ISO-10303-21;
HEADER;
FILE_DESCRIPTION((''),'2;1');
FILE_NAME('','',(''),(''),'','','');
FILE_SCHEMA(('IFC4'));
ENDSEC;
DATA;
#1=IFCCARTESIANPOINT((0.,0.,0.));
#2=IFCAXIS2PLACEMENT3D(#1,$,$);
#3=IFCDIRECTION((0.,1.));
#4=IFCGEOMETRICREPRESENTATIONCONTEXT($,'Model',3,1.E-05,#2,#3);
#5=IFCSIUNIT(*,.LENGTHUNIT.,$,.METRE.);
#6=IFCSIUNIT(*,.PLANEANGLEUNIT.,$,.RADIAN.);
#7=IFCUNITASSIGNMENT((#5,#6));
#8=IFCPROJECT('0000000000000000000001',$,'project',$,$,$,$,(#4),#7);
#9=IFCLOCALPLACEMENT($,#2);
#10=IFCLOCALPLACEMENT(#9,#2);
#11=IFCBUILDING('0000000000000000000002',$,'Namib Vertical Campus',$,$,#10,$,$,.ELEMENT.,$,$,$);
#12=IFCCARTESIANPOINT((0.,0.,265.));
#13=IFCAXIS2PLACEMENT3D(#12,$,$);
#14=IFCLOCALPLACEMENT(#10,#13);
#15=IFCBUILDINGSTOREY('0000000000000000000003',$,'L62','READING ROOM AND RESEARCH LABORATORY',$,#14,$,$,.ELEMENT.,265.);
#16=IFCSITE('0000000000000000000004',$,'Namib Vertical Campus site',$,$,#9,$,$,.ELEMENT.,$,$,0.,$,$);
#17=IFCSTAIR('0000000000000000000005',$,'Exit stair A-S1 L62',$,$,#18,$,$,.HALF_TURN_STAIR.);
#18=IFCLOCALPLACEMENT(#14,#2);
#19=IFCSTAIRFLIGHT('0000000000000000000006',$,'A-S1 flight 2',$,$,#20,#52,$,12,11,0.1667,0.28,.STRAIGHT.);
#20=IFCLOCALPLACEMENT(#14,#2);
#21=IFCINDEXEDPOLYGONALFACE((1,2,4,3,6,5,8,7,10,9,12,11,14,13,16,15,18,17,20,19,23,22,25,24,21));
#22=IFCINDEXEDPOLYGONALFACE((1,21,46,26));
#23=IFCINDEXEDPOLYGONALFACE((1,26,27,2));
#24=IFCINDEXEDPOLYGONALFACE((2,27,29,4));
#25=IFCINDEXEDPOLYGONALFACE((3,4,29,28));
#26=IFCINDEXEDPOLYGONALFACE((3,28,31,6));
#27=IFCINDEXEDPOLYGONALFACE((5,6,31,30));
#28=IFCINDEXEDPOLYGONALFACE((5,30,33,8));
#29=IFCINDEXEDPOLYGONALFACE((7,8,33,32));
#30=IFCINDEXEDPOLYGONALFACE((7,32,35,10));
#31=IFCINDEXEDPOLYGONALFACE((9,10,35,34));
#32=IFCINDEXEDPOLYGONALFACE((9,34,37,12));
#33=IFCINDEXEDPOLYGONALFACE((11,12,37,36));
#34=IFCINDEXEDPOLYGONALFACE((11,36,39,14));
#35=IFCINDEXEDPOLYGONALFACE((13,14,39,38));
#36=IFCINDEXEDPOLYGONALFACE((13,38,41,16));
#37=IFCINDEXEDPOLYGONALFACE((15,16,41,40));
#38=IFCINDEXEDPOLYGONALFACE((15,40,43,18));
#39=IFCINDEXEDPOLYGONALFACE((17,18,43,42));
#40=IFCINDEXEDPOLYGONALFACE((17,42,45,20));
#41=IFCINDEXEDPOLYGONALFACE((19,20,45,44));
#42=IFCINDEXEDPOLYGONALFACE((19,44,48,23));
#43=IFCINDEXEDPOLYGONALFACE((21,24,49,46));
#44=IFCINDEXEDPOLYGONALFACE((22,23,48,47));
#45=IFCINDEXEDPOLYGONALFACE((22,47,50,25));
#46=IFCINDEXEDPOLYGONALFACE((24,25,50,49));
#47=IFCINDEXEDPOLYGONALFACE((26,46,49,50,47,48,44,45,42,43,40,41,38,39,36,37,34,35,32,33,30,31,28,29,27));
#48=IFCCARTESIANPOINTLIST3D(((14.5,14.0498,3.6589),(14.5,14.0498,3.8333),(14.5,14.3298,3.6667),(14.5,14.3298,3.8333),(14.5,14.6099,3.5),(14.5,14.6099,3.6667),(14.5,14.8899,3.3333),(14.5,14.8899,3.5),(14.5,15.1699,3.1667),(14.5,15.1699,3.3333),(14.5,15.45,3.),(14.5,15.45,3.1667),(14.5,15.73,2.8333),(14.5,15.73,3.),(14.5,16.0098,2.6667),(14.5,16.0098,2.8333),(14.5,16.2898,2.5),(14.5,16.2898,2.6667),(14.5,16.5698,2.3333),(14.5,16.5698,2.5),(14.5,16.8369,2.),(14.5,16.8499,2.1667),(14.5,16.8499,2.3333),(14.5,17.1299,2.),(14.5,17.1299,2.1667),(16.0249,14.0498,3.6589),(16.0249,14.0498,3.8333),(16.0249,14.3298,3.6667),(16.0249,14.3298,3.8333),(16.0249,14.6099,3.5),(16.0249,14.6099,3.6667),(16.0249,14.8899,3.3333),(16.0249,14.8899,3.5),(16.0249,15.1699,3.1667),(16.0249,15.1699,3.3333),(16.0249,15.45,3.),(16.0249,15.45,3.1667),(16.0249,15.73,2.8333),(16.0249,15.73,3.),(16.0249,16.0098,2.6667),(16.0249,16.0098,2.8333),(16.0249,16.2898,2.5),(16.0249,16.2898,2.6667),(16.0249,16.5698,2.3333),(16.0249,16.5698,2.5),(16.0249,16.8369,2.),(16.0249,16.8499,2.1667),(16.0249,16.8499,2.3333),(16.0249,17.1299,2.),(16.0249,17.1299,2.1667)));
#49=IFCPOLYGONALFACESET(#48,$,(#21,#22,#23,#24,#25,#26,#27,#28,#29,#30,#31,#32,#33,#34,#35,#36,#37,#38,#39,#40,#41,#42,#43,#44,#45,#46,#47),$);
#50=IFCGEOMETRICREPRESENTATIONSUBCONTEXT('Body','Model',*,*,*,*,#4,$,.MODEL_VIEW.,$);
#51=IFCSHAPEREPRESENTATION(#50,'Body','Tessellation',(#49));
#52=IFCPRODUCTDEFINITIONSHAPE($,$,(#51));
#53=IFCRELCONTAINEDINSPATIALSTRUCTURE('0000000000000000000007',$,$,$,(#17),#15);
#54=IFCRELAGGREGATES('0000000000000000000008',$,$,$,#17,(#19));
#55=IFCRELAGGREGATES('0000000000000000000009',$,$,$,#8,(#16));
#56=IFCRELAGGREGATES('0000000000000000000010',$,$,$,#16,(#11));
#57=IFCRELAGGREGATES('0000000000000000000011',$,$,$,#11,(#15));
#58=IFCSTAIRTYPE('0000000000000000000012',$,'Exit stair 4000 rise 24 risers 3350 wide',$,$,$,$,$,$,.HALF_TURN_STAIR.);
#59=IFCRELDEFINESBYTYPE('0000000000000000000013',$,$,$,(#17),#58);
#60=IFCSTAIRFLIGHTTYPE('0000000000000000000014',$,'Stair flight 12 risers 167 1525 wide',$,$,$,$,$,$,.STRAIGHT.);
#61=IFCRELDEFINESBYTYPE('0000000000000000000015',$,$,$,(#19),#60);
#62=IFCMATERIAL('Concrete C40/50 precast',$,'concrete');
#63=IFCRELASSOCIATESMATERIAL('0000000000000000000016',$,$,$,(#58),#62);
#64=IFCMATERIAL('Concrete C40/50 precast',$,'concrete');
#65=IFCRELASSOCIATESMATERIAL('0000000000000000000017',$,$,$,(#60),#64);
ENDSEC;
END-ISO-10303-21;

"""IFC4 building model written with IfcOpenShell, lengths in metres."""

from ifc_helpers import new_model, si_unit, direction, frame, origin, place, context, subcontext, project, spatial, polyline, outline, extrude, material, type_object, element, aggregate, save


model = new_model("IFC4")

# Units and contexts
model_context = context("Model", 3, precision=1e-05, world=origin(), true_north=direction((0.0, 1.0)))
body_context = subcontext(model_context, "Body", "Model", "MODEL_VIEW")
ifc_project = project(units=[si_unit("LENGTHUNIT", "METRE"), si_unit("PLANEANGLEUNIT", "RADIAN")], contexts=[model_context])

# Site, building, storey
site_placement = place(None, origin())
site = spatial("IfcSite", under=ifc_project, at=site_placement, Name="Namib Vertical Campus site", CompositionType="ELEMENT", RefElevation=0.0)
building_placement = place(site_placement, origin())
building = spatial("IfcBuilding", under=site, at=building_placement, Name="Namib Vertical Campus", CompositionType="ELEMENT")
storey_placement = place(building_placement, frame((0.0, 0.0, 265.0)))
storey = spatial("IfcBuildingStorey", under=building, at=storey_placement, Name="L62", Description="READING ROOM AND RESEARCH LABORATORY", CompositionType="ELEMENT", Elevation=265.0)

# Stair, stair flight
ifc_material_1 = material(Name="Concrete C40/50 precast", Category="concrete")
stair_type = type_object("IfcStairType", Name="Exit stair 4000 rise 24 risers 3350 wide", PredefinedType="HALF_TURN_STAIR", material=ifc_material_1)
stair_placement = place(storey_placement, origin())
stair = element("IfcStair", 1, at=stair_placement, inside=storey, type_object=stair_type, Name="Exit stair A-S1 L62", PredefinedType="HALF_TURN_STAIR")
ifc_material_2 = material(Name="Concrete C40/50 precast", Category="concrete")
stair_flight_type = type_object("IfcStairFlightType", Name="Stair flight 12 risers 167 1525 wide", PredefinedType="STRAIGHT", material=ifc_material_2)
stair_flight_placement = place(storey_placement, frame((15.2625, 17.1299, 2.0), z_axis=(0.0, 0.0, 1.0), x_axis=(0.0, -1.0, 0.0)))
stair_flight = element("IfcStairFlight", 2, at=stair_flight_placement, type_object=stair_flight_type, Name="A-S1 flight 2", NumberOfRisers=12, NumberOfTreads=11, PredefinedType="STRAIGHT", RiserHeight=0.1667, TreadLength=0.28, context=body_context, shape_type="SweptSolid", body=[
    extrude(outline(polyline([(0.0, 0.0), (0.0, 0.1667), (0.28, 0.1667), (0.28, 0.3333), (0.5601, 0.3333), (0.5601, 0.5), (0.8401, 0.5), (0.8401, 0.6667), (1.1201, 0.6667), (1.1201, 0.8333), (1.3999, 0.8333), (1.3999, 1.0), (1.6799, 1.0), (1.6799, 1.1667), (1.96, 1.1667), (1.96, 1.3333), (2.24, 1.3333), (2.24, 1.5), (2.52, 1.5), (2.52, 1.6667), (2.8, 1.6667), (2.8, 1.8333), (3.0801, 1.8333), (3.0801, 2.0), (3.0801, 1.6589), (0.293, 0.0), (0.0, 0.0)])), frame((0.0, 0.7625, 0.0), z_axis=(0.0, -1.0, 0.0), x_axis=(1.0, 0.0, 0.0)), (0.0, 0.0, 1.0), 1.5249),
])
aggregate(stair, [stair_flight])

save(model, "model.ifc")
